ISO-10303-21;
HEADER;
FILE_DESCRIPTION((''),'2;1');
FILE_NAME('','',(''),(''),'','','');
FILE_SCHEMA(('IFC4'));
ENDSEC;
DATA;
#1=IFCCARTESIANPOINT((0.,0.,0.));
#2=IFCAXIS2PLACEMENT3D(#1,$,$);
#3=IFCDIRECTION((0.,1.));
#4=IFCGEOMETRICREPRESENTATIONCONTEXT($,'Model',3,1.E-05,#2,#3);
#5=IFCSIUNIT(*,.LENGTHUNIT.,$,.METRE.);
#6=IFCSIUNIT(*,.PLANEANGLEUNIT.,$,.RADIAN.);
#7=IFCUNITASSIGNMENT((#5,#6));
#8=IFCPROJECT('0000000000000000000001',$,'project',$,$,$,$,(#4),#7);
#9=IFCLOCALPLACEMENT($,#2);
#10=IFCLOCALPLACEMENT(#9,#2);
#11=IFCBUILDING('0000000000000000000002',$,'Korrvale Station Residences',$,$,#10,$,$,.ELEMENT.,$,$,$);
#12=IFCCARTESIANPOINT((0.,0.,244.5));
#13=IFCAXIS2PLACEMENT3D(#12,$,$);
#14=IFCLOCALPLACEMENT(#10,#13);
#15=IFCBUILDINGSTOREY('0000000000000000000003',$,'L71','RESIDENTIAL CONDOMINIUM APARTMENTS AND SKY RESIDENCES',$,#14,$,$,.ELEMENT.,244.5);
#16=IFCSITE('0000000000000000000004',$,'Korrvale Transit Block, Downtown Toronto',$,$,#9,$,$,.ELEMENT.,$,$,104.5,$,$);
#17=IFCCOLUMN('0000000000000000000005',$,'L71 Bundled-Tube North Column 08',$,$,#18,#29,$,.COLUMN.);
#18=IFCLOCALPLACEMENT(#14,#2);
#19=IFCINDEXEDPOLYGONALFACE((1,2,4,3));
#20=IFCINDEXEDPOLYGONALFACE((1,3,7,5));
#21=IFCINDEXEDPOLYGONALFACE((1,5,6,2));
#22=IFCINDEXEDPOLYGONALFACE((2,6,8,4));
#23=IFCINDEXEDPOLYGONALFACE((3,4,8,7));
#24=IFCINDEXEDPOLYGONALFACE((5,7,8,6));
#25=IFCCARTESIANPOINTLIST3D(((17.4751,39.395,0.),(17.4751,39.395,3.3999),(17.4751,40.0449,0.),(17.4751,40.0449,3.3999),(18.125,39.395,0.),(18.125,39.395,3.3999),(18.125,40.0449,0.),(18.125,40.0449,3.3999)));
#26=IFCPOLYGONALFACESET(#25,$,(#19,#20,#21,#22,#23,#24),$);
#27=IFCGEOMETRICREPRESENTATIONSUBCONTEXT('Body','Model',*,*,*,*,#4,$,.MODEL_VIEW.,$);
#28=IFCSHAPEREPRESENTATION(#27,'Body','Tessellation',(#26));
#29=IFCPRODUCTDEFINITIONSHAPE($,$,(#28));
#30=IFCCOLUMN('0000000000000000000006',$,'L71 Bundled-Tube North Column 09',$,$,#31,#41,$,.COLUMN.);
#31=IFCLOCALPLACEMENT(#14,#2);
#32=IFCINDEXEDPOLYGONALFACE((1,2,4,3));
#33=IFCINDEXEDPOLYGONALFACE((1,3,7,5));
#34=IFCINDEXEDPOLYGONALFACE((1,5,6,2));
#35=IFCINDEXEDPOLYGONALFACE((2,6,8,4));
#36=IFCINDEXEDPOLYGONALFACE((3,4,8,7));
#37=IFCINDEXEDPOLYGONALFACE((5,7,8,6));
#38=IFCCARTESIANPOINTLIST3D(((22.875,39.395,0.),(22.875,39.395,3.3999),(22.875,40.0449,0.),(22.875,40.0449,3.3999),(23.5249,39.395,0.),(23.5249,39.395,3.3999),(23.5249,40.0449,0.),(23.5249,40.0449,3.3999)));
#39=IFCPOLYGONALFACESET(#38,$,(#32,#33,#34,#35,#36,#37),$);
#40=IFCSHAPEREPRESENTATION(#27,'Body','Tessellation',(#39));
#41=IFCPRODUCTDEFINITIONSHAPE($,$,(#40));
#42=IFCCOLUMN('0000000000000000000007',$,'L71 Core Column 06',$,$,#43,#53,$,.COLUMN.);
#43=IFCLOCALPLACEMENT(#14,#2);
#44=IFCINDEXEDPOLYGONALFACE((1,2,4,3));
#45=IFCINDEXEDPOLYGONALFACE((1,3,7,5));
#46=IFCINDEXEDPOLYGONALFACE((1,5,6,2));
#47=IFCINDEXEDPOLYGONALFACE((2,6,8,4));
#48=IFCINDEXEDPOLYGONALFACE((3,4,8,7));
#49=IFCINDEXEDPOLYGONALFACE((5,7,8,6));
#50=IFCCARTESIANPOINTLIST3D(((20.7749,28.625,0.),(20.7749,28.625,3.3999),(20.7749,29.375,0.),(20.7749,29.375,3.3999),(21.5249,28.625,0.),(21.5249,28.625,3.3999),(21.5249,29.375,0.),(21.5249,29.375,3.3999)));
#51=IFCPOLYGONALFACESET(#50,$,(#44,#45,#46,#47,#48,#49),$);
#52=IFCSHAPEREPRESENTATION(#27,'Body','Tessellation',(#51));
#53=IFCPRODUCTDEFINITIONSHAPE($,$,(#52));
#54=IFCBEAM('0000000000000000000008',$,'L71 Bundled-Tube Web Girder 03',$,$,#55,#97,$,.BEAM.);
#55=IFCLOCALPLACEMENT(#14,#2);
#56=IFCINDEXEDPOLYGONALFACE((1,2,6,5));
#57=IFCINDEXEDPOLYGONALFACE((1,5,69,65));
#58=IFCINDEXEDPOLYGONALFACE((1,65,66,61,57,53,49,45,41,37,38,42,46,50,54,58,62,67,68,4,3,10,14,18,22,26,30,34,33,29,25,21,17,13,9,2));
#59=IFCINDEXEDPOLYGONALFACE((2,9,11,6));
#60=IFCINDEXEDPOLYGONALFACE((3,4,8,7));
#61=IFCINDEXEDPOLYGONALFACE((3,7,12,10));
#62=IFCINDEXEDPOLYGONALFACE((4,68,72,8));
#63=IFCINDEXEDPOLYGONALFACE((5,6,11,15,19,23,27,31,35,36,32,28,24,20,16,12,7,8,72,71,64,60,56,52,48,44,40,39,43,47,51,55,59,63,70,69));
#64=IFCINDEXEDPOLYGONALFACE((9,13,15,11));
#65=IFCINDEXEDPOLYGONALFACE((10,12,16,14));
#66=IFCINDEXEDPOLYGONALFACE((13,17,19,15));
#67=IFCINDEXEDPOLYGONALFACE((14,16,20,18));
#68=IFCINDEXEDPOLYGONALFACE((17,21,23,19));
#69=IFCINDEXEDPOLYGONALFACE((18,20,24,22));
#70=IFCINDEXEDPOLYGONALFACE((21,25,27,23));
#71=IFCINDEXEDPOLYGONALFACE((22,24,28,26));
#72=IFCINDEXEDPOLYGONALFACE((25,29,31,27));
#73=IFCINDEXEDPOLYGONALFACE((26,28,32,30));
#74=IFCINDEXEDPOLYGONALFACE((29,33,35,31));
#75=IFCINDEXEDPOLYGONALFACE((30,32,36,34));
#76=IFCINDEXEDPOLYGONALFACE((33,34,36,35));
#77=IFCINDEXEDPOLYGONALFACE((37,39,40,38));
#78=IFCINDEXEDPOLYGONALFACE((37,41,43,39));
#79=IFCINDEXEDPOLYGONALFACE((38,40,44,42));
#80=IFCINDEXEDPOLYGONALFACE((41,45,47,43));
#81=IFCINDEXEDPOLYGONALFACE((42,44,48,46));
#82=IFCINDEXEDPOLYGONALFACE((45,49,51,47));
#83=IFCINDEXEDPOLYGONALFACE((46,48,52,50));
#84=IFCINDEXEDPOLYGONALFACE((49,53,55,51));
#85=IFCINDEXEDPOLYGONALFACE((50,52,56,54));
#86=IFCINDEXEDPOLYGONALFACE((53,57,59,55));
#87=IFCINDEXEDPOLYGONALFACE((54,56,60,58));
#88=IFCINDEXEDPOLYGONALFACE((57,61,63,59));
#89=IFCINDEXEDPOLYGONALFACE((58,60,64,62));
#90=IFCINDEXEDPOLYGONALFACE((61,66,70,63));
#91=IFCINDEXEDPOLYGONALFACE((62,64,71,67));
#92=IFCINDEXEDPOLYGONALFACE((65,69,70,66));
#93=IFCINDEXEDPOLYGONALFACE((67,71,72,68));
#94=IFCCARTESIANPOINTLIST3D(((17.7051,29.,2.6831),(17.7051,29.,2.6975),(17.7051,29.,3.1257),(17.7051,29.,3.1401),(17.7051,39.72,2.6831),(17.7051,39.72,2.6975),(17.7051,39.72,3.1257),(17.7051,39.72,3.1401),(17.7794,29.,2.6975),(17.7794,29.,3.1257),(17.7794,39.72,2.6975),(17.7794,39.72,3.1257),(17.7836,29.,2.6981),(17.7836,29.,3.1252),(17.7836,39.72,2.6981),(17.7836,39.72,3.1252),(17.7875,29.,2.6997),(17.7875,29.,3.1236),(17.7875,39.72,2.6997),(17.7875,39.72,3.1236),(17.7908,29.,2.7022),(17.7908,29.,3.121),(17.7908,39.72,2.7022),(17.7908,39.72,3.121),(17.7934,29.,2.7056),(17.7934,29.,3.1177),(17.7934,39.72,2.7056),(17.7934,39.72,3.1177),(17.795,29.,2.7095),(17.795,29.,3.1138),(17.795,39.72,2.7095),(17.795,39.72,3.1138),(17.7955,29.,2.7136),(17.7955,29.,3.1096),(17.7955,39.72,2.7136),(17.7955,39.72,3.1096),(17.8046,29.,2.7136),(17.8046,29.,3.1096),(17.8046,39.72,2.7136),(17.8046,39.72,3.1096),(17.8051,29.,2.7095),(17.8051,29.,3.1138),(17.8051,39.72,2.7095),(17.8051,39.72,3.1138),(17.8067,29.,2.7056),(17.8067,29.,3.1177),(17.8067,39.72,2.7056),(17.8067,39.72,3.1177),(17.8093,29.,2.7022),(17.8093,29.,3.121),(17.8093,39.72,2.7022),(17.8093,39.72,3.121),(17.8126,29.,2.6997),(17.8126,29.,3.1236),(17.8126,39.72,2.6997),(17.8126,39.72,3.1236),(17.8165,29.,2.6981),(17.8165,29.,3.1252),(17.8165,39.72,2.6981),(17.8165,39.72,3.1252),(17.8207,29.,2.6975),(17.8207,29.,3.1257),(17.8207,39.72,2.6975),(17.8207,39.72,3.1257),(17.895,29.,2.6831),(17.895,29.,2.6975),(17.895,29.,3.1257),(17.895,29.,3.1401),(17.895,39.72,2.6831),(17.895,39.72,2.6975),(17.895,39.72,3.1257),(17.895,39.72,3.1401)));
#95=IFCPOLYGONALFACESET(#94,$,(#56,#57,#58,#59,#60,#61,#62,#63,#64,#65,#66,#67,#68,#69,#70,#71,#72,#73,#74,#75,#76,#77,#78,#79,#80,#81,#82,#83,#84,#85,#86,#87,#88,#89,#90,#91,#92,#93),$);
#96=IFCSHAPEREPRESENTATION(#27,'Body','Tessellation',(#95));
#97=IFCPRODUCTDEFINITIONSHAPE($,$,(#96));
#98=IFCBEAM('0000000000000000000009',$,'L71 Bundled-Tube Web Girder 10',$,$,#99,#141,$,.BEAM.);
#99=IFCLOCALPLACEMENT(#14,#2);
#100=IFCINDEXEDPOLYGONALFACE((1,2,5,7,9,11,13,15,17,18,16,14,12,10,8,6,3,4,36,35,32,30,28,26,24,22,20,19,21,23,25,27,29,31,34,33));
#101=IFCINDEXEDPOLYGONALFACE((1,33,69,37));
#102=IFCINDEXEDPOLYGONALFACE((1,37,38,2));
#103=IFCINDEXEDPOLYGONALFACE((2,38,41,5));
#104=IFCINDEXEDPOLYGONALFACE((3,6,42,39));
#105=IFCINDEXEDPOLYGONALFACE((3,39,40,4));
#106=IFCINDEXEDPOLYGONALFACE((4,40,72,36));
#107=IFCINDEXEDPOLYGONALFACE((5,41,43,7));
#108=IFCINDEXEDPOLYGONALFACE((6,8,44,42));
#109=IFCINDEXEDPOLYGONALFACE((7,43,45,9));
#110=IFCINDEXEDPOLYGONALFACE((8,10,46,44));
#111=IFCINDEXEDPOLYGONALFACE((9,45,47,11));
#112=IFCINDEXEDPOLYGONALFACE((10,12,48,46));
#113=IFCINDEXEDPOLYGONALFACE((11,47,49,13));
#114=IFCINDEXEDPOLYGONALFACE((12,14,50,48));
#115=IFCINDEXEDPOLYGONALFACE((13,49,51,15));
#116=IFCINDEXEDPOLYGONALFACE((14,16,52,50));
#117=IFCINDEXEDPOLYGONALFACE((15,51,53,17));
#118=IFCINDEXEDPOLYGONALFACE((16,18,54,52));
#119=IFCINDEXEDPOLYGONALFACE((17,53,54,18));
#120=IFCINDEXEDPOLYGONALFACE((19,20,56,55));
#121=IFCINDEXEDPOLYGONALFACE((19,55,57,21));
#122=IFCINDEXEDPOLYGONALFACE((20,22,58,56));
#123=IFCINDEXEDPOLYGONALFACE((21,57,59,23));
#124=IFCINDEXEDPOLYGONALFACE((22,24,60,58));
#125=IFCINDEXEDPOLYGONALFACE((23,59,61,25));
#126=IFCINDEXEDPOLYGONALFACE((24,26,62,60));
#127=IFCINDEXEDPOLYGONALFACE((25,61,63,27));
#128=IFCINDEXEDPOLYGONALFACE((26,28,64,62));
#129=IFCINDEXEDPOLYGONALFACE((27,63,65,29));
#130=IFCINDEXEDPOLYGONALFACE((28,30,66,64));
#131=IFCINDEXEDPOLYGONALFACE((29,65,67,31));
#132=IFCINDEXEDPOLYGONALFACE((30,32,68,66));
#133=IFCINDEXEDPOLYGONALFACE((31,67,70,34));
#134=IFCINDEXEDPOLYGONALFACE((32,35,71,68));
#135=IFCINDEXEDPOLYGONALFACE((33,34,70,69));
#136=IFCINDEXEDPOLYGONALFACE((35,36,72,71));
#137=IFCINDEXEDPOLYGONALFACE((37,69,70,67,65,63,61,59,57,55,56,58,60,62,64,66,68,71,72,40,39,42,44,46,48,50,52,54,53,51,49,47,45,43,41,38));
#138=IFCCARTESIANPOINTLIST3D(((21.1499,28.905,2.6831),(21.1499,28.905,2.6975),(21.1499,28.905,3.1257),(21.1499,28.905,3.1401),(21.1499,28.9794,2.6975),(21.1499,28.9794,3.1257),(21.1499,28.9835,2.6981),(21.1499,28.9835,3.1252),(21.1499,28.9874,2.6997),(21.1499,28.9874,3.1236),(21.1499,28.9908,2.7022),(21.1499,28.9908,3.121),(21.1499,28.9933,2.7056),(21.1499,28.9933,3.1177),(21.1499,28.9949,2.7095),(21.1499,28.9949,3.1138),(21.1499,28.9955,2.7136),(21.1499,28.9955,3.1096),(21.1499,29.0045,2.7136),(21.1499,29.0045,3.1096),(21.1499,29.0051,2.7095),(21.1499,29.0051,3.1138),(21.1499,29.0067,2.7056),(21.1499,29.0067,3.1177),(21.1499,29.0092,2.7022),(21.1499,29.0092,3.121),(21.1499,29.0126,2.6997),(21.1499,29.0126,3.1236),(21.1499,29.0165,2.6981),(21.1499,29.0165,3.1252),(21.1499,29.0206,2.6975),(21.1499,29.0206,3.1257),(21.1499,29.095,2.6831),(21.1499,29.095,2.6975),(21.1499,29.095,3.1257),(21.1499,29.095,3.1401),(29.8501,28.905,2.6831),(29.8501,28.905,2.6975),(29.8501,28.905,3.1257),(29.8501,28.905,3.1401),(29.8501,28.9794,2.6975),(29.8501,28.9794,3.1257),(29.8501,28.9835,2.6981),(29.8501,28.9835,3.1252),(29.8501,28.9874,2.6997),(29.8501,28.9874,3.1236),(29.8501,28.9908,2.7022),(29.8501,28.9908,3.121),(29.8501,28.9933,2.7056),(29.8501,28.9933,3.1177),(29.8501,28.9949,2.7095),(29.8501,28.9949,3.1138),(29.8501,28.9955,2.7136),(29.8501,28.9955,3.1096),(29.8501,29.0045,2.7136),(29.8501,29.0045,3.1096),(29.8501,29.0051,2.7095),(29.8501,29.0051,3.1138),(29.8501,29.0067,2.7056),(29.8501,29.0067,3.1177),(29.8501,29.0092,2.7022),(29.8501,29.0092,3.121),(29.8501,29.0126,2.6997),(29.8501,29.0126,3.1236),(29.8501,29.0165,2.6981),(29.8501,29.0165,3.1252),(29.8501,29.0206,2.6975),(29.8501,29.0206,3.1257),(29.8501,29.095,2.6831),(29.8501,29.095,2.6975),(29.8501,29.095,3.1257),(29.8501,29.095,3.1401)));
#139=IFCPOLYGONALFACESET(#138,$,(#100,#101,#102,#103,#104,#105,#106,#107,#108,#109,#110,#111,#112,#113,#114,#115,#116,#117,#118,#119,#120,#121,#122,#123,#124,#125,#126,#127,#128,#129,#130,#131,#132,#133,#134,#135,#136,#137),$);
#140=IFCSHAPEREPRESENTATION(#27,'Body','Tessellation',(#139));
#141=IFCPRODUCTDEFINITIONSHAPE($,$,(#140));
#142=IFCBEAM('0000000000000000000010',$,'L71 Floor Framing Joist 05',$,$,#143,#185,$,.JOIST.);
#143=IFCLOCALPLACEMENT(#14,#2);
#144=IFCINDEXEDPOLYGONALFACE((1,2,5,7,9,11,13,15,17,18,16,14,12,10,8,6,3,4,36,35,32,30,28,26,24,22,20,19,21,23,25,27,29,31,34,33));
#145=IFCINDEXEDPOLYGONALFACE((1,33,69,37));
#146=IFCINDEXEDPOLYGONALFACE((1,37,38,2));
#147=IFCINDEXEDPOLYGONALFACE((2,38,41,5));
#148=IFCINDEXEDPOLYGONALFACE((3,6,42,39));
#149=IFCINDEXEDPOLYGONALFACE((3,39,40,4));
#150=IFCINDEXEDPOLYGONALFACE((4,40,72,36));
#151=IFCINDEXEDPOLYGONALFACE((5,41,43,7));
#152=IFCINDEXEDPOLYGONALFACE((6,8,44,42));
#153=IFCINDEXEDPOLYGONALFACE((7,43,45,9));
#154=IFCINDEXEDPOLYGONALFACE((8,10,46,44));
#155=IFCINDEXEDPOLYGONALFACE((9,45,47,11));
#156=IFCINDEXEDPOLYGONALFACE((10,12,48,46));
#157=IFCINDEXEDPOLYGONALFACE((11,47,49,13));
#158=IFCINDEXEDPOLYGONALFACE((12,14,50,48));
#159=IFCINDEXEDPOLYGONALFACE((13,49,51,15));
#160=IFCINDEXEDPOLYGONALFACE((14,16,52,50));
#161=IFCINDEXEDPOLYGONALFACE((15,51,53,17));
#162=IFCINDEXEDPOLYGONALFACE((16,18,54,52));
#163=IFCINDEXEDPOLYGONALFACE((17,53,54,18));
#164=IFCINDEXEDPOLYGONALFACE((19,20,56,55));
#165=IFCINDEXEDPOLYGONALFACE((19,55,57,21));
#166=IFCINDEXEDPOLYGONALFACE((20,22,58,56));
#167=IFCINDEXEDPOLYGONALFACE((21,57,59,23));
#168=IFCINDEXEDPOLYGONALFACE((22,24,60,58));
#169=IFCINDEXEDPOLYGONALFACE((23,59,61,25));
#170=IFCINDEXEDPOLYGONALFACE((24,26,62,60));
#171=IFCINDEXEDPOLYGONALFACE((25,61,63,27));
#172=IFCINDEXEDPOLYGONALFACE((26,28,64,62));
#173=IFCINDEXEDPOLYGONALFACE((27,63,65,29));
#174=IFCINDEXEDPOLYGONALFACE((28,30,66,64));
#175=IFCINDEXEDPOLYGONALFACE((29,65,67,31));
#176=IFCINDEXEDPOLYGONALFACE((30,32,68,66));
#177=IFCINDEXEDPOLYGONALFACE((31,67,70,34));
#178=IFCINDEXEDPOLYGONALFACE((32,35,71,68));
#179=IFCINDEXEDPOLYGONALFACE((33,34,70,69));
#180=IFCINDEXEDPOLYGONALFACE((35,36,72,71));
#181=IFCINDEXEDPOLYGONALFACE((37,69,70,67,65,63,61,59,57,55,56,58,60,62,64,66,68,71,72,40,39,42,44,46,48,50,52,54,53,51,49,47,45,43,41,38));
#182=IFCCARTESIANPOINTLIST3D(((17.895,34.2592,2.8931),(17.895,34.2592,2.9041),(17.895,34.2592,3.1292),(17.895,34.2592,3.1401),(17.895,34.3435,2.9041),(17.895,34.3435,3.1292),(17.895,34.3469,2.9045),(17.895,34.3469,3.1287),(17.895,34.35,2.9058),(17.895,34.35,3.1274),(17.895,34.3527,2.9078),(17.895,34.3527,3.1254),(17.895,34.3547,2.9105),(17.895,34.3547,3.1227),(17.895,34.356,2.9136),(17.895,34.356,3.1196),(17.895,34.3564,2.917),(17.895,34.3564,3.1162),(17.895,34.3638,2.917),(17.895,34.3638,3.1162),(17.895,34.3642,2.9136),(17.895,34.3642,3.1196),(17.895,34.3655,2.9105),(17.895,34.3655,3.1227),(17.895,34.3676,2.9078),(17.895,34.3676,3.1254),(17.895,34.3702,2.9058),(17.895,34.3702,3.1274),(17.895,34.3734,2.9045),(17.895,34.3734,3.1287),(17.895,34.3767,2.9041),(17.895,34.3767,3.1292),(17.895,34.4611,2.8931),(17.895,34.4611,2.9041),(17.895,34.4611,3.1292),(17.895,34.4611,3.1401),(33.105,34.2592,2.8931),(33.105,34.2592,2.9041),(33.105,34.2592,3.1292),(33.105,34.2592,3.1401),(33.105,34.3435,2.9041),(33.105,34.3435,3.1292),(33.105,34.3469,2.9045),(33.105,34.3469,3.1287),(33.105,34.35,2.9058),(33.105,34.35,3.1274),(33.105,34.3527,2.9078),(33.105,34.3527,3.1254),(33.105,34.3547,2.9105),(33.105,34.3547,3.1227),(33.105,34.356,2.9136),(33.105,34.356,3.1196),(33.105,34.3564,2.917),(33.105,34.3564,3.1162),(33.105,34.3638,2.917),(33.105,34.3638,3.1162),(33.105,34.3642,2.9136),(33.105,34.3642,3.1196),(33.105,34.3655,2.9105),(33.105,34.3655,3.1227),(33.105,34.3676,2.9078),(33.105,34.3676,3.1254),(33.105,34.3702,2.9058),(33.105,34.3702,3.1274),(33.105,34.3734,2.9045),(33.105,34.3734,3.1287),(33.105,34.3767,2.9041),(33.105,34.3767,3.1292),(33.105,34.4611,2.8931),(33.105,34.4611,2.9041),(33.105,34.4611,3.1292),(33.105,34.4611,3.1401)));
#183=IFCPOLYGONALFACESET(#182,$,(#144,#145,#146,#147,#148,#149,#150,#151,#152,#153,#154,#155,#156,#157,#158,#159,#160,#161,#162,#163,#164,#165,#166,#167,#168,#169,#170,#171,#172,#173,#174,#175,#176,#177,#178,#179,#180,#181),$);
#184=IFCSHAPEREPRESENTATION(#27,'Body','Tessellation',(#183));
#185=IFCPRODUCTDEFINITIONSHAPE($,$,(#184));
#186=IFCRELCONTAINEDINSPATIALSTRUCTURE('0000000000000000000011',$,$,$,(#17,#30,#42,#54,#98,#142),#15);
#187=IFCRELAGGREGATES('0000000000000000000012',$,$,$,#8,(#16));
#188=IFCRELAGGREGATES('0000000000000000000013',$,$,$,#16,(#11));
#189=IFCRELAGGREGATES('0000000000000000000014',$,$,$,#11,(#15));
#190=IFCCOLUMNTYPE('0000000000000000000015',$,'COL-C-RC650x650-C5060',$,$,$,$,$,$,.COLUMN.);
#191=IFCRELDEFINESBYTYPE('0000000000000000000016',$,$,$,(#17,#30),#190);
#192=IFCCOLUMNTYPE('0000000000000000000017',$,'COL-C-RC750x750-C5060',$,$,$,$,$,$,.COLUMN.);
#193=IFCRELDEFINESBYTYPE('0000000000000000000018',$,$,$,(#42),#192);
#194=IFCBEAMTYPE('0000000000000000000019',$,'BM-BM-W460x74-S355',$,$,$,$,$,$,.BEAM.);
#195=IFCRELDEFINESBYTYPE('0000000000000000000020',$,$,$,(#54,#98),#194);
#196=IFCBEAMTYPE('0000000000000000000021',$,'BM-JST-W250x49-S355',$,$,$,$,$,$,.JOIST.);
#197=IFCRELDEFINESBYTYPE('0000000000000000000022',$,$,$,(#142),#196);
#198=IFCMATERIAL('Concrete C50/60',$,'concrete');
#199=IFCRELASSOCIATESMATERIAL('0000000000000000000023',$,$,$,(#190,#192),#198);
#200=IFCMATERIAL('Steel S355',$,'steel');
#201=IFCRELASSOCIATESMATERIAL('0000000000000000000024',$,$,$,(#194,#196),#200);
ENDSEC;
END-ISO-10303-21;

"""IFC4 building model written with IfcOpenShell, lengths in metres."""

from ifc_helpers import new_model, si_unit, direction, frame, origin, origin_2d, place, context, subcontext, project, spatial, rectangle, i_section, extrude, material, material_profile, profile_set, type_object, element, save


model = new_model("IFC4")

# Units and contexts
model_context = context("Model", 3, precision=1e-05, world=origin(), true_north=direction((0.0, 1.0)))
body_context = subcontext(model_context, "Body", "Model", "MODEL_VIEW")
ifc_project = project(units=[si_unit("LENGTHUNIT", "METRE"), si_unit("PLANEANGLEUNIT", "RADIAN")], contexts=[model_context])

# Site, building, storey
site_placement = place(None, origin())
site = spatial("IfcSite", under=ifc_project, at=site_placement, Name="Korrvale Transit Block, Downtown Toronto", CompositionType="ELEMENT", RefElevation=104.5)
building_placement = place(site_placement, origin())
building = spatial("IfcBuilding", under=site, at=building_placement, Name="Korrvale Station Residences", CompositionType="ELEMENT")
storey_placement = place(building_placement, frame((0.0, 0.0, 244.5)))
storey = spatial("IfcBuildingStorey", under=building, at=storey_placement, Name="L71", Description="RESIDENTIAL CONDOMINIUM APARTMENTS AND SKY RESIDENCES", CompositionType="ELEMENT", Elevation=244.5)

# Columns
ifc_material_1 = material(Name="Concrete C50/60", Category="concrete")
ifc_material_profile_1 = material_profile(ifc_material_1, rectangle(XDim=0.6499, YDim=0.6499, at=origin_2d()), Name="RC650x650")
ifc_profile_set_1 = profile_set([ifc_material_profile_1], Name="Concrete C50/60")
column_type_1 = type_object("IfcColumnType", Name="COL-C-RC650x650-C5060", PredefinedType="COLUMN", material=ifc_profile_set_1)
for number, where, z_axis, x_axis, name in (
    (1, (17.8, 39.72, 0.0), (0.0, 0.0, 1.0), (1.0, 0.0, 0.0), "L71 Bundled-Tube North Column 08"),
    (2, (23.2, 39.72, 0.0), (0.0, 0.0, 1.0), (1.0, 0.0, 0.0), "L71 Bundled-Tube North Column 09"),
):
    element("IfcColumn", number, at=place(storey_placement, frame(where, z_axis=z_axis, x_axis=x_axis)), inside=storey, type_object=column_type_1, Name=name, PredefinedType="COLUMN", context=body_context, shape_type="SweptSolid", body=[
        extrude(rectangle(XDim=0.6499, YDim=0.6499, at=origin_2d()), origin(), (0.0, 0.0, 1.0), 3.3999),
    ])
ifc_material_profile_2 = material_profile(ifc_material_1, rectangle(XDim=0.75, YDim=0.75, at=origin_2d()), Name="RC750x750")
ifc_profile_set_2 = profile_set([ifc_material_profile_2], Name="Concrete C50/60")
column_type_2 = type_object("IfcColumnType", Name="COL-C-RC750x750-C5060", PredefinedType="COLUMN", material=ifc_profile_set_2)
column_placement = place(storey_placement, frame((21.1499, 29.0, 0.0), z_axis=(0.0, 0.0, 1.0), x_axis=(1.0, 0.0, 0.0)))
element("IfcColumn", 3, at=column_placement, inside=storey, type_object=column_type_2, Name="L71 Core Column 06", PredefinedType="COLUMN", context=body_context, shape_type="SweptSolid", body=[
    extrude(rectangle(XDim=0.75, YDim=0.75, at=origin_2d()), origin(), (0.0, 0.0, 1.0), 3.3999),
])

# Beams
ifc_material_2 = material(Name="Steel S355", Category="steel")
ifc_material_profile_3 = material_profile(ifc_material_2, i_section(OverallWidth=0.1899, OverallDepth=0.457, WebThickness=0.009, FlangeThickness=0.0144, FilletRadius=0.0161, at=origin_2d()), Name="W460x74")
ifc_profile_set_3 = profile_set([ifc_material_profile_3], Name="Steel S355")
beam_type_1 = type_object("IfcBeamType", Name="BM-BM-W460x74-S355", PredefinedType="BEAM", material=ifc_profile_set_3)
beam_1_placement = place(storey_placement, frame((17.8, 29.0, 2.9116), z_axis=(0.0, 1.0, 0.0), x_axis=(-1.0, 0.0, 0.0)))
element("IfcBeam", 4, at=beam_1_placement, inside=storey, type_object=beam_type_1, Name="L71 Bundled-Tube Web Girder 03", PredefinedType="BEAM", context=body_context, shape_type="SweptSolid", body=[
    extrude(i_section(OverallWidth=0.1899, OverallDepth=0.457, WebThickness=0.009, FlangeThickness=0.0144, FilletRadius=0.0161, at=origin_2d()), origin(), (0.0, 0.0, 1.0), 10.72),
])
beam_2_placement = place(storey_placement, frame((21.1499, 29.0, 2.9116), z_axis=(1.0, 0.0, 0.0), x_axis=(0.0, 1.0, 0.0)))
element("IfcBeam", 5, at=beam_2_placement, inside=storey, type_object=beam_type_1, Name="L71 Bundled-Tube Web Girder 10", PredefinedType="BEAM", context=body_context, shape_type="SweptSolid", body=[
    extrude(i_section(OverallWidth=0.1899, OverallDepth=0.457, WebThickness=0.009, FlangeThickness=0.0144, FilletRadius=0.0161, at=origin_2d()), origin(), (0.0, 0.0, 1.0), 8.7002),
])
ifc_material_profile_4 = material_profile(ifc_material_2, i_section(OverallWidth=0.2019, OverallDepth=0.2471, WebThickness=0.0073, FlangeThickness=0.011, FilletRadius=0.0129, at=origin_2d()), Name="W250x49")
ifc_profile_set_4 = profile_set([ifc_material_profile_4], Name="Steel S355")
beam_type_2 = type_object("IfcBeamType", Name="BM-JST-W250x49-S355", PredefinedType="JOIST", material=ifc_profile_set_4)
beam_3_placement = place(storey_placement, frame((17.895, 34.3601, 3.0166), z_axis=(1.0, 0.0, 0.0), x_axis=(0.0, 1.0, 0.0)))
element("IfcBeam", 6, at=beam_3_placement, inside=storey, type_object=beam_type_2, Name="L71 Floor Framing Joist 05", PredefinedType="JOIST", context=body_context, shape_type="SweptSolid", body=[
    extrude(i_section(OverallWidth=0.2019, OverallDepth=0.2471, WebThickness=0.0073, FlangeThickness=0.011, FilletRadius=0.0129, at=origin_2d()), origin(), (0.0, 0.0, 1.0), 15.21),
])

save(model, "model.ifc")
